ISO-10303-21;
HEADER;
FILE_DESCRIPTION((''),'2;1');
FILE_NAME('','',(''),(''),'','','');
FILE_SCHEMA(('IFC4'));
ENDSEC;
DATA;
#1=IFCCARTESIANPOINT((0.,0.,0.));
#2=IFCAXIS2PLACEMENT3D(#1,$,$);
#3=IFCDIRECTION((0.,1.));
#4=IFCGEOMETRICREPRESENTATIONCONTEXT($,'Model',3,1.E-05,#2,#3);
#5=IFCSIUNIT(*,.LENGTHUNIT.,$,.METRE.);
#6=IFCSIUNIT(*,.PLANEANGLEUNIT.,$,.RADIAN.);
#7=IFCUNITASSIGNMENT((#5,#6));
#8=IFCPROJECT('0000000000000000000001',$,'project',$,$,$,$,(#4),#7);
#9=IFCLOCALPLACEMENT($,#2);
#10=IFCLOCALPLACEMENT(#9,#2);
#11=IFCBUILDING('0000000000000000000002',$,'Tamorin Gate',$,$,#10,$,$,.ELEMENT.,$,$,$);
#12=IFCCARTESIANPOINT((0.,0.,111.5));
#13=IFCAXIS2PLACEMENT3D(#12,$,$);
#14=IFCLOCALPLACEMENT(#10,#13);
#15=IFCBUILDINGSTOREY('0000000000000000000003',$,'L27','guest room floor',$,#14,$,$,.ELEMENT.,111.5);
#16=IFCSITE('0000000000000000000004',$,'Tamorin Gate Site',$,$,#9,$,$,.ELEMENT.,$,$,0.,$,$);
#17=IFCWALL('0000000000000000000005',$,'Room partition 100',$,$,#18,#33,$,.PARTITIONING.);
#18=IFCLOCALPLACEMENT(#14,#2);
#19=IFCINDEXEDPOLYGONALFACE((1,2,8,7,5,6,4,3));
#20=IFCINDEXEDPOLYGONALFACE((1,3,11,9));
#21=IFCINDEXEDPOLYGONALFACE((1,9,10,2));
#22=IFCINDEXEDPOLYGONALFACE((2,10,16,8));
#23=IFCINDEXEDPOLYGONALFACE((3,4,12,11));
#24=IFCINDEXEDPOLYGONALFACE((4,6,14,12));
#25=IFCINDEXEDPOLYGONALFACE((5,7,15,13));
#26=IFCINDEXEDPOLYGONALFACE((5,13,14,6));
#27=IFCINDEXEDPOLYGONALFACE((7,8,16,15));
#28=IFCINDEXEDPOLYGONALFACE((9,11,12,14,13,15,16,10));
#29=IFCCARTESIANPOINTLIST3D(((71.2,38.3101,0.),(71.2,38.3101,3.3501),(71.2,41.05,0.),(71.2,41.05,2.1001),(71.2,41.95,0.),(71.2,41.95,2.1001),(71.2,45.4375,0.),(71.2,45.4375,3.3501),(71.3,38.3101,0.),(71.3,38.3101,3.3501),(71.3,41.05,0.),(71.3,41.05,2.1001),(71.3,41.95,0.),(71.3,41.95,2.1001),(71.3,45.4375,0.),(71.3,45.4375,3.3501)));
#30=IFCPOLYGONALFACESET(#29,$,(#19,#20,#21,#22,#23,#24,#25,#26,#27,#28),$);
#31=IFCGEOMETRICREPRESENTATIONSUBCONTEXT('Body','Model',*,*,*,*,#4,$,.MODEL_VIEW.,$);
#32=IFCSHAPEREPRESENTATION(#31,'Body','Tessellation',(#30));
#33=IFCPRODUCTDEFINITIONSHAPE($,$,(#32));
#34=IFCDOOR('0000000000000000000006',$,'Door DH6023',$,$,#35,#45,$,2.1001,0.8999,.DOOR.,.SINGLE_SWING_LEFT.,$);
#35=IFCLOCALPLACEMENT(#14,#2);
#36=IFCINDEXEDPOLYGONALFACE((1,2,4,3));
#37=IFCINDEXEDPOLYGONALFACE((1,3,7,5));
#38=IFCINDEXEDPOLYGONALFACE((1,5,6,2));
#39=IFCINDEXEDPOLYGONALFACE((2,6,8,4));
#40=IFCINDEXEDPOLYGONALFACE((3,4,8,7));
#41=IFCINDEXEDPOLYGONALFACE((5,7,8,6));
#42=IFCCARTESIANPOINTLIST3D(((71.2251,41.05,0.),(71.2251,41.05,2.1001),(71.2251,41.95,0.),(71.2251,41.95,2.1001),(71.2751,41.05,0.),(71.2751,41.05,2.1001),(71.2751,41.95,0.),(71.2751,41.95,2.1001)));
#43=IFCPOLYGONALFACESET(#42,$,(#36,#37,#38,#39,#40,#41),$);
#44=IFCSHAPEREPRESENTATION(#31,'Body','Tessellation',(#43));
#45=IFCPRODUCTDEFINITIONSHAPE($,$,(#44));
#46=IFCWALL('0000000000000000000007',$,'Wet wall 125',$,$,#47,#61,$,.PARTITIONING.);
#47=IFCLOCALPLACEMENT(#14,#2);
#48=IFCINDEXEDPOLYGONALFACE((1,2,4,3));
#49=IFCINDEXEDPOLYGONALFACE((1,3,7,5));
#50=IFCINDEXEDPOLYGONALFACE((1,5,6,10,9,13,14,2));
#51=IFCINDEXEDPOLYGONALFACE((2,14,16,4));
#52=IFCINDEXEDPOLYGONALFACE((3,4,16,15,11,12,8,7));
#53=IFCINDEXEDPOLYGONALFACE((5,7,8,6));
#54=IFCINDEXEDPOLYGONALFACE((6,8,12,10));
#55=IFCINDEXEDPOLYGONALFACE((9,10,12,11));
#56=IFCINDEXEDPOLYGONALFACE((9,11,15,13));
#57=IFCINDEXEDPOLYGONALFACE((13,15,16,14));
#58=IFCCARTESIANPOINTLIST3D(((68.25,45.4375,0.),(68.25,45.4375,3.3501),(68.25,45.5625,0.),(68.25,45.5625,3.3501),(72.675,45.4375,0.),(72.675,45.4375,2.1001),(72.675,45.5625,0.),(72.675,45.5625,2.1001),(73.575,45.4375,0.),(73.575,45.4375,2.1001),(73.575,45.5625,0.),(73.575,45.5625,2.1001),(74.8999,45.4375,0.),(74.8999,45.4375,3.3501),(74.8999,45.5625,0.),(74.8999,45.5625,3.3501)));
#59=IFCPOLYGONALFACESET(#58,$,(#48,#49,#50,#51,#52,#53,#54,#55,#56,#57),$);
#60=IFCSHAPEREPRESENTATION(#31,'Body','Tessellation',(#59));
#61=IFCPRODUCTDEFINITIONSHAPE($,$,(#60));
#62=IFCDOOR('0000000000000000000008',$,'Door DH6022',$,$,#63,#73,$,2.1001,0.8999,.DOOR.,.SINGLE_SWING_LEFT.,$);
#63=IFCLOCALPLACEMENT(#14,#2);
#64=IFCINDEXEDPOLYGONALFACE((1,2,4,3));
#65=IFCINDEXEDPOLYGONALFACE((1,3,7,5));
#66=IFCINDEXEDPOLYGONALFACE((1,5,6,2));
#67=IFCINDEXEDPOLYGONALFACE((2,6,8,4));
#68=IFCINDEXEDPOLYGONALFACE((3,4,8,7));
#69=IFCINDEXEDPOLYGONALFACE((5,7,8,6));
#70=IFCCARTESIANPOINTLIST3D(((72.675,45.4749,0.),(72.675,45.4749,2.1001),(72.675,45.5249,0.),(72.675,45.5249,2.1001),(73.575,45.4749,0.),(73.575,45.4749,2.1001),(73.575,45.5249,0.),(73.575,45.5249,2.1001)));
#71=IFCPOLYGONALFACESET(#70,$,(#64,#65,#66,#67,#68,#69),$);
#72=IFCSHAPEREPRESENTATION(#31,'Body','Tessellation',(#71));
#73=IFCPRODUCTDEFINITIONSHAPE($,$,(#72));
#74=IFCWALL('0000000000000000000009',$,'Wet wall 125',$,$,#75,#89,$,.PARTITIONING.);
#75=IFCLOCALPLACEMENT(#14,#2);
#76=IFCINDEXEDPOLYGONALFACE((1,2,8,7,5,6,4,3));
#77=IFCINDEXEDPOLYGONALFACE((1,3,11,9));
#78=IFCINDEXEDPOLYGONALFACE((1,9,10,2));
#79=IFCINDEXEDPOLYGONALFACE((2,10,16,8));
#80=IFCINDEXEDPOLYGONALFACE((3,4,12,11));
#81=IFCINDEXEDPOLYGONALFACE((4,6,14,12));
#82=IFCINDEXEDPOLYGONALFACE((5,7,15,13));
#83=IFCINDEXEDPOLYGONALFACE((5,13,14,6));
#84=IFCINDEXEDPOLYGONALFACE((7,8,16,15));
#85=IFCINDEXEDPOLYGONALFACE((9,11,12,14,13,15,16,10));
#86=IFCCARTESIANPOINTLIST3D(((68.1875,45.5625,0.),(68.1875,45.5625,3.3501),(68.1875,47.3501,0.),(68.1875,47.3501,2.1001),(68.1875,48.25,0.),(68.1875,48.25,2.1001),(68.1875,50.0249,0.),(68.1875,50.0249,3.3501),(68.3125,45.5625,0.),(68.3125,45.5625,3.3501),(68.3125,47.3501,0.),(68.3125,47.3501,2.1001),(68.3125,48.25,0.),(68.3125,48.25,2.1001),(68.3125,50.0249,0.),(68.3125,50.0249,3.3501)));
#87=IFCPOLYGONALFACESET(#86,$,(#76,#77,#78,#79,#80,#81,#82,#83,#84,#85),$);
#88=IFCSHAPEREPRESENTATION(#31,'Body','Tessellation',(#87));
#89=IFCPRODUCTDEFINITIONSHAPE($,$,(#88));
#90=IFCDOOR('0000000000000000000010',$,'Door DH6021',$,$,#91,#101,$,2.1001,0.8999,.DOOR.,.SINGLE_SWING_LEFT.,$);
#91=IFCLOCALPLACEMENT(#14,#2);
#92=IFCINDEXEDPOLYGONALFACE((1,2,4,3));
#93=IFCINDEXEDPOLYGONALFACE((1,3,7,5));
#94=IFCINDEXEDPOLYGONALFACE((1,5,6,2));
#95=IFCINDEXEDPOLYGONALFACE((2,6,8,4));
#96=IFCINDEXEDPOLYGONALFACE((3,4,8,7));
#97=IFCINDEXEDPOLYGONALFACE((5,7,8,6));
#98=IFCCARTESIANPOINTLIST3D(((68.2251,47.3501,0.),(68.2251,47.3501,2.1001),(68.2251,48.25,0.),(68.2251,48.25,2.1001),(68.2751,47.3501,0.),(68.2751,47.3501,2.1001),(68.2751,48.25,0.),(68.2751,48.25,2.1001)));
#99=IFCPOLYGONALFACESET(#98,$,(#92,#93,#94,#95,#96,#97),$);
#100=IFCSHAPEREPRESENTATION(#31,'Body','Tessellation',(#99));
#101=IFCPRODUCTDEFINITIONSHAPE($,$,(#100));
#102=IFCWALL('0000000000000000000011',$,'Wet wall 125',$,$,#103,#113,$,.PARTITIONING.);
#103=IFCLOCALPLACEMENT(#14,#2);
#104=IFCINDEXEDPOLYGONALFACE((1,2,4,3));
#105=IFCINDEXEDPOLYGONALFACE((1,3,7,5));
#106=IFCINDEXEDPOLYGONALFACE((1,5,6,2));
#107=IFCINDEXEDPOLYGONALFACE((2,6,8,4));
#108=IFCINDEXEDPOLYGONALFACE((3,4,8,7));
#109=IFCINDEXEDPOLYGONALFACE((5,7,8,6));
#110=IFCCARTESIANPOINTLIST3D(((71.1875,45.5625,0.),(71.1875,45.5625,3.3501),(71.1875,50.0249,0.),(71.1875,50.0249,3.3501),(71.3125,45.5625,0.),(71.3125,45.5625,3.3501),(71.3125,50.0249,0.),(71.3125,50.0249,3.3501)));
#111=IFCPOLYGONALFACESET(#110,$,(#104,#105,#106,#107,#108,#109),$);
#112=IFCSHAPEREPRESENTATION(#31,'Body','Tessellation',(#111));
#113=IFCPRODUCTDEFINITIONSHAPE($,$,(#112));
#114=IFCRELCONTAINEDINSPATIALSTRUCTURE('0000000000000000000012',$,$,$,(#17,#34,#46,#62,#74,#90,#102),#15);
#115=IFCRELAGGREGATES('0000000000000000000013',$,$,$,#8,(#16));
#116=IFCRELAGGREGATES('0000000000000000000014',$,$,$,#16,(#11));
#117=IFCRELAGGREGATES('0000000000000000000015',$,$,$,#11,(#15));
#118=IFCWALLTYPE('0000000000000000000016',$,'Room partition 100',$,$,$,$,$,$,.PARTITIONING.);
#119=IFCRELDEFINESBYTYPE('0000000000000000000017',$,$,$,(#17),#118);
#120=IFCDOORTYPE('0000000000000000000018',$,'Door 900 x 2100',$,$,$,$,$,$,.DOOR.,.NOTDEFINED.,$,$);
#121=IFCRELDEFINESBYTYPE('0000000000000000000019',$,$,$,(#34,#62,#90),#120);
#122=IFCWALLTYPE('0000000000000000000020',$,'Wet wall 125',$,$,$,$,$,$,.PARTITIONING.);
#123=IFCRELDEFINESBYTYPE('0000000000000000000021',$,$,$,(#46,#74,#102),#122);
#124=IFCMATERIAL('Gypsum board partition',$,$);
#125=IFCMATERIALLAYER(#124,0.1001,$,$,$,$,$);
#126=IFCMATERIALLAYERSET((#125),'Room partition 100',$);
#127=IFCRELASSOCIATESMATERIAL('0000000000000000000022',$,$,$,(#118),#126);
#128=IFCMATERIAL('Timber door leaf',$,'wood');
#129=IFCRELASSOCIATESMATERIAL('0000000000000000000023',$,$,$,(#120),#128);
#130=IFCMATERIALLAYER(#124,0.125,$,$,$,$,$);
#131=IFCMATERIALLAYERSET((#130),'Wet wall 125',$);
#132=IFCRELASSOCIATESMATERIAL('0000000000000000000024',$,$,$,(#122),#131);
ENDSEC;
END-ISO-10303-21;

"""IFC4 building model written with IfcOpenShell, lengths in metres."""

from ifc_helpers import new_model, si_unit, direction, frame, frame_2d, origin, place, context, subcontext, project, spatial, rectangle, extrude, material, layer, layer_set, type_object, element, fill, save


model = new_model("IFC4")

# Units and contexts
model_context = context("Model", 3, precision=1e-05, world=origin(), true_north=direction((0.0, 1.0)))
body_context = subcontext(model_context, "Body", "Model", "MODEL_VIEW")
ifc_project = project(units=[si_unit("LENGTHUNIT", "METRE"), si_unit("PLANEANGLEUNIT", "RADIAN")], contexts=[model_context])

# Site, building, storey
site_placement = place(None, origin())
site = spatial("IfcSite", under=ifc_project, at=site_placement, Name="Tamorin Gate Site", CompositionType="ELEMENT", RefElevation=0.0)
building_placement = place(site_placement, origin())
building = spatial("IfcBuilding", under=site, at=building_placement, Name="Tamorin Gate", CompositionType="ELEMENT")
storey_placement = place(building_placement, frame((0.0, 0.0, 111.5)))
storey = spatial("IfcBuildingStorey", under=building, at=storey_placement, Name="L27", Description="guest room floor", CompositionType="ELEMENT", Elevation=111.5)

# Shared definitions
ifc_material_1 = material(Name="Gypsum board partition")

# Walls, openings, doors
ifc_layer_1 = layer(ifc_material_1, 0.1001)
ifc_layer_set_1 = layer_set([ifc_layer_1], Name="Room partition 100")
wall_type_1 = type_object("IfcWallType", Name="Room partition 100", PredefinedType="PARTITIONING", material=ifc_layer_set_1)
ifc_material_2 = material(Name="Timber door leaf", Category="wood")
door_type = type_object("IfcDoorType", Name="Door 900 x 2100", OperationType="NOTDEFINED", PredefinedType="DOOR", material=ifc_material_2)
wall_1_placement = place(storey_placement, frame((71.25, 38.3101, 0.0), z_axis=(0.0, 0.0, 1.0), x_axis=(0.0, 1.0, 0.0)))
wall_1 = element("IfcWall", 1, at=wall_1_placement, inside=storey, type_object=wall_type_1, Name="Room partition 100", PredefinedType="PARTITIONING", context=body_context, shape_type="SweptSolid", body=[
    extrude(rectangle(XDim=7.1274, YDim=0.1001, at=frame_2d((3.5637, 0.0))), origin(), (0.0, 0.0, 1.0), 3.3501),
])
opening_1_placement = place(wall_1_placement, frame((2.74, 0.0, 0.0)))
opening_1 = element("IfcOpeningElement", 2, at=opening_1_placement, cuts=wall_1, PredefinedType="OPENING", context=body_context, shape_type="SweptSolid", body=[
    extrude(rectangle(XDim=0.8999, YDim=2.1001, at=frame_2d((0.45, 1.05))), frame((0.0, 0.0601, 0.0), z_axis=(0.0, -1.0, 0.0), x_axis=(1.0, 0.0, 0.0)), (0.0, 0.0, 1.0), 0.1201),
])
door_1_placement = place(opening_1_placement, origin())
door_1 = element("IfcDoor", 3, at=door_1_placement, inside=storey, type_object=door_type, Name="Door DH6023", OperationType="SINGLE_SWING_LEFT", OverallHeight=2.1001, OverallWidth=0.8999, PredefinedType="DOOR", context=body_context, shape_type="SweptSolid", body=[
    extrude(rectangle(XDim=0.8999, YDim=2.1001, at=frame_2d((0.45, 1.05))), frame((0.0, 0.0249, 0.0), z_axis=(0.0, -1.0, 0.0), x_axis=(1.0, 0.0, 0.0)), (0.0, 0.0, 1.0), 0.05),
])
fill(opening_1, door_1)
ifc_layer_2 = layer(ifc_material_1, 0.125)
ifc_layer_set_2 = layer_set([ifc_layer_2], Name="Wet wall 125")
wall_type_2 = type_object("IfcWallType", Name="Wet wall 125", PredefinedType="PARTITIONING", material=ifc_layer_set_2)
wall_2_placement = place(storey_placement, frame((68.25, 45.5, 0.0), z_axis=(0.0, 0.0, 1.0), x_axis=(1.0, 0.0, 0.0)))
wall_2 = element("IfcWall", 4, at=wall_2_placement, inside=storey, type_object=wall_type_2, Name="Wet wall 125", PredefinedType="PARTITIONING", context=body_context, shape_type="SweptSolid", body=[
    extrude(rectangle(XDim=6.6499, YDim=0.125, at=frame_2d((3.325, 0.0))), origin(), (0.0, 0.0, 1.0), 3.3501),
])
opening_2_placement = place(wall_2_placement, frame((4.425, 0.0, 0.0)))
opening_2 = element("IfcOpeningElement", 5, at=opening_2_placement, cuts=wall_2, PredefinedType="OPENING", context=body_context, shape_type="SweptSolid", body=[
    extrude(rectangle(XDim=0.8999, YDim=2.1001, at=frame_2d((0.45, 1.05))), frame((0.0, 0.0725, 0.0), z_axis=(0.0, -1.0, 0.0), x_axis=(1.0, 0.0, 0.0)), (0.0, 0.0, 1.0), 0.145),
])
door_2_placement = place(opening_2_placement, origin())
door_2 = element("IfcDoor", 6, at=door_2_placement, inside=storey, type_object=door_type, Name="Door DH6022", OperationType="SINGLE_SWING_LEFT", OverallHeight=2.1001, OverallWidth=0.8999, PredefinedType="DOOR", context=body_context, shape_type="SweptSolid", body=[
    extrude(rectangle(XDim=0.8999, YDim=2.1001, at=frame_2d((0.45, 1.05))), frame((0.0, 0.0249, 0.0), z_axis=(0.0, -1.0, 0.0), x_axis=(1.0, 0.0, 0.0)), (0.0, 0.0, 1.0), 0.05),
])
fill(opening_2, door_2)
wall_3_placement = place(storey_placement, frame((68.25, 45.5625, 0.0), z_axis=(0.0, 0.0, 1.0), x_axis=(0.0, 1.0, 0.0)))
wall_3 = element("IfcWall", 7, at=wall_3_placement, inside=storey, type_object=wall_type_2, Name="Wet wall 125", PredefinedType="PARTITIONING", context=body_context, shape_type="SweptSolid", body=[
    extrude(rectangle(XDim=4.4624, YDim=0.125, at=frame_2d((2.2312, 0.0))), origin(), (0.0, 0.0, 1.0), 3.3501),
])
opening_3_placement = place(wall_3_placement, frame((1.7876, 0.0, 0.0)))
opening_3 = element("IfcOpeningElement", 8, at=opening_3_placement, cuts=wall_3, PredefinedType="OPENING", context=body_context, shape_type="SweptSolid", body=[
    extrude(rectangle(XDim=0.8999, YDim=2.1001, at=frame_2d((0.45, 1.05))), frame((0.0, 0.0725, 0.0), z_axis=(0.0, -1.0, 0.0), x_axis=(1.0, 0.0, 0.0)), (0.0, 0.0, 1.0), 0.145),
])
door_3_placement = place(opening_3_placement, origin())
door_3 = element("IfcDoor", 9, at=door_3_placement, inside=storey, type_object=door_type, Name="Door DH6021", OperationType="SINGLE_SWING_LEFT", OverallHeight=2.1001, OverallWidth=0.8999, PredefinedType="DOOR", context=body_context, shape_type="SweptSolid", body=[
    extrude(rectangle(XDim=0.8999, YDim=2.1001, at=frame_2d((0.45, 1.05))), frame((0.0, 0.0249, 0.0), z_axis=(0.0, -1.0, 0.0), x_axis=(1.0, 0.0, 0.0)), (0.0, 0.0, 1.0), 0.05),
])
fill(opening_3, door_3)

# Wall
wall_4_placement = place(storey_placement, frame((71.25, 45.5625, 0.0), z_axis=(0.0, 0.0, 1.0), x_axis=(0.0, 1.0, 0.0)))
element("IfcWall", 10, at=wall_4_placement, inside=storey, type_object=wall_type_2, Name="Wet wall 125", PredefinedType="PARTITIONING", context=body_context, shape_type="SweptSolid", body=[
    extrude(rectangle(XDim=4.4624, YDim=0.125, at=frame_2d((2.2312, 0.0))), origin(), (0.0, 0.0, 1.0), 3.3501),
])

save(model, "model.ifc")
